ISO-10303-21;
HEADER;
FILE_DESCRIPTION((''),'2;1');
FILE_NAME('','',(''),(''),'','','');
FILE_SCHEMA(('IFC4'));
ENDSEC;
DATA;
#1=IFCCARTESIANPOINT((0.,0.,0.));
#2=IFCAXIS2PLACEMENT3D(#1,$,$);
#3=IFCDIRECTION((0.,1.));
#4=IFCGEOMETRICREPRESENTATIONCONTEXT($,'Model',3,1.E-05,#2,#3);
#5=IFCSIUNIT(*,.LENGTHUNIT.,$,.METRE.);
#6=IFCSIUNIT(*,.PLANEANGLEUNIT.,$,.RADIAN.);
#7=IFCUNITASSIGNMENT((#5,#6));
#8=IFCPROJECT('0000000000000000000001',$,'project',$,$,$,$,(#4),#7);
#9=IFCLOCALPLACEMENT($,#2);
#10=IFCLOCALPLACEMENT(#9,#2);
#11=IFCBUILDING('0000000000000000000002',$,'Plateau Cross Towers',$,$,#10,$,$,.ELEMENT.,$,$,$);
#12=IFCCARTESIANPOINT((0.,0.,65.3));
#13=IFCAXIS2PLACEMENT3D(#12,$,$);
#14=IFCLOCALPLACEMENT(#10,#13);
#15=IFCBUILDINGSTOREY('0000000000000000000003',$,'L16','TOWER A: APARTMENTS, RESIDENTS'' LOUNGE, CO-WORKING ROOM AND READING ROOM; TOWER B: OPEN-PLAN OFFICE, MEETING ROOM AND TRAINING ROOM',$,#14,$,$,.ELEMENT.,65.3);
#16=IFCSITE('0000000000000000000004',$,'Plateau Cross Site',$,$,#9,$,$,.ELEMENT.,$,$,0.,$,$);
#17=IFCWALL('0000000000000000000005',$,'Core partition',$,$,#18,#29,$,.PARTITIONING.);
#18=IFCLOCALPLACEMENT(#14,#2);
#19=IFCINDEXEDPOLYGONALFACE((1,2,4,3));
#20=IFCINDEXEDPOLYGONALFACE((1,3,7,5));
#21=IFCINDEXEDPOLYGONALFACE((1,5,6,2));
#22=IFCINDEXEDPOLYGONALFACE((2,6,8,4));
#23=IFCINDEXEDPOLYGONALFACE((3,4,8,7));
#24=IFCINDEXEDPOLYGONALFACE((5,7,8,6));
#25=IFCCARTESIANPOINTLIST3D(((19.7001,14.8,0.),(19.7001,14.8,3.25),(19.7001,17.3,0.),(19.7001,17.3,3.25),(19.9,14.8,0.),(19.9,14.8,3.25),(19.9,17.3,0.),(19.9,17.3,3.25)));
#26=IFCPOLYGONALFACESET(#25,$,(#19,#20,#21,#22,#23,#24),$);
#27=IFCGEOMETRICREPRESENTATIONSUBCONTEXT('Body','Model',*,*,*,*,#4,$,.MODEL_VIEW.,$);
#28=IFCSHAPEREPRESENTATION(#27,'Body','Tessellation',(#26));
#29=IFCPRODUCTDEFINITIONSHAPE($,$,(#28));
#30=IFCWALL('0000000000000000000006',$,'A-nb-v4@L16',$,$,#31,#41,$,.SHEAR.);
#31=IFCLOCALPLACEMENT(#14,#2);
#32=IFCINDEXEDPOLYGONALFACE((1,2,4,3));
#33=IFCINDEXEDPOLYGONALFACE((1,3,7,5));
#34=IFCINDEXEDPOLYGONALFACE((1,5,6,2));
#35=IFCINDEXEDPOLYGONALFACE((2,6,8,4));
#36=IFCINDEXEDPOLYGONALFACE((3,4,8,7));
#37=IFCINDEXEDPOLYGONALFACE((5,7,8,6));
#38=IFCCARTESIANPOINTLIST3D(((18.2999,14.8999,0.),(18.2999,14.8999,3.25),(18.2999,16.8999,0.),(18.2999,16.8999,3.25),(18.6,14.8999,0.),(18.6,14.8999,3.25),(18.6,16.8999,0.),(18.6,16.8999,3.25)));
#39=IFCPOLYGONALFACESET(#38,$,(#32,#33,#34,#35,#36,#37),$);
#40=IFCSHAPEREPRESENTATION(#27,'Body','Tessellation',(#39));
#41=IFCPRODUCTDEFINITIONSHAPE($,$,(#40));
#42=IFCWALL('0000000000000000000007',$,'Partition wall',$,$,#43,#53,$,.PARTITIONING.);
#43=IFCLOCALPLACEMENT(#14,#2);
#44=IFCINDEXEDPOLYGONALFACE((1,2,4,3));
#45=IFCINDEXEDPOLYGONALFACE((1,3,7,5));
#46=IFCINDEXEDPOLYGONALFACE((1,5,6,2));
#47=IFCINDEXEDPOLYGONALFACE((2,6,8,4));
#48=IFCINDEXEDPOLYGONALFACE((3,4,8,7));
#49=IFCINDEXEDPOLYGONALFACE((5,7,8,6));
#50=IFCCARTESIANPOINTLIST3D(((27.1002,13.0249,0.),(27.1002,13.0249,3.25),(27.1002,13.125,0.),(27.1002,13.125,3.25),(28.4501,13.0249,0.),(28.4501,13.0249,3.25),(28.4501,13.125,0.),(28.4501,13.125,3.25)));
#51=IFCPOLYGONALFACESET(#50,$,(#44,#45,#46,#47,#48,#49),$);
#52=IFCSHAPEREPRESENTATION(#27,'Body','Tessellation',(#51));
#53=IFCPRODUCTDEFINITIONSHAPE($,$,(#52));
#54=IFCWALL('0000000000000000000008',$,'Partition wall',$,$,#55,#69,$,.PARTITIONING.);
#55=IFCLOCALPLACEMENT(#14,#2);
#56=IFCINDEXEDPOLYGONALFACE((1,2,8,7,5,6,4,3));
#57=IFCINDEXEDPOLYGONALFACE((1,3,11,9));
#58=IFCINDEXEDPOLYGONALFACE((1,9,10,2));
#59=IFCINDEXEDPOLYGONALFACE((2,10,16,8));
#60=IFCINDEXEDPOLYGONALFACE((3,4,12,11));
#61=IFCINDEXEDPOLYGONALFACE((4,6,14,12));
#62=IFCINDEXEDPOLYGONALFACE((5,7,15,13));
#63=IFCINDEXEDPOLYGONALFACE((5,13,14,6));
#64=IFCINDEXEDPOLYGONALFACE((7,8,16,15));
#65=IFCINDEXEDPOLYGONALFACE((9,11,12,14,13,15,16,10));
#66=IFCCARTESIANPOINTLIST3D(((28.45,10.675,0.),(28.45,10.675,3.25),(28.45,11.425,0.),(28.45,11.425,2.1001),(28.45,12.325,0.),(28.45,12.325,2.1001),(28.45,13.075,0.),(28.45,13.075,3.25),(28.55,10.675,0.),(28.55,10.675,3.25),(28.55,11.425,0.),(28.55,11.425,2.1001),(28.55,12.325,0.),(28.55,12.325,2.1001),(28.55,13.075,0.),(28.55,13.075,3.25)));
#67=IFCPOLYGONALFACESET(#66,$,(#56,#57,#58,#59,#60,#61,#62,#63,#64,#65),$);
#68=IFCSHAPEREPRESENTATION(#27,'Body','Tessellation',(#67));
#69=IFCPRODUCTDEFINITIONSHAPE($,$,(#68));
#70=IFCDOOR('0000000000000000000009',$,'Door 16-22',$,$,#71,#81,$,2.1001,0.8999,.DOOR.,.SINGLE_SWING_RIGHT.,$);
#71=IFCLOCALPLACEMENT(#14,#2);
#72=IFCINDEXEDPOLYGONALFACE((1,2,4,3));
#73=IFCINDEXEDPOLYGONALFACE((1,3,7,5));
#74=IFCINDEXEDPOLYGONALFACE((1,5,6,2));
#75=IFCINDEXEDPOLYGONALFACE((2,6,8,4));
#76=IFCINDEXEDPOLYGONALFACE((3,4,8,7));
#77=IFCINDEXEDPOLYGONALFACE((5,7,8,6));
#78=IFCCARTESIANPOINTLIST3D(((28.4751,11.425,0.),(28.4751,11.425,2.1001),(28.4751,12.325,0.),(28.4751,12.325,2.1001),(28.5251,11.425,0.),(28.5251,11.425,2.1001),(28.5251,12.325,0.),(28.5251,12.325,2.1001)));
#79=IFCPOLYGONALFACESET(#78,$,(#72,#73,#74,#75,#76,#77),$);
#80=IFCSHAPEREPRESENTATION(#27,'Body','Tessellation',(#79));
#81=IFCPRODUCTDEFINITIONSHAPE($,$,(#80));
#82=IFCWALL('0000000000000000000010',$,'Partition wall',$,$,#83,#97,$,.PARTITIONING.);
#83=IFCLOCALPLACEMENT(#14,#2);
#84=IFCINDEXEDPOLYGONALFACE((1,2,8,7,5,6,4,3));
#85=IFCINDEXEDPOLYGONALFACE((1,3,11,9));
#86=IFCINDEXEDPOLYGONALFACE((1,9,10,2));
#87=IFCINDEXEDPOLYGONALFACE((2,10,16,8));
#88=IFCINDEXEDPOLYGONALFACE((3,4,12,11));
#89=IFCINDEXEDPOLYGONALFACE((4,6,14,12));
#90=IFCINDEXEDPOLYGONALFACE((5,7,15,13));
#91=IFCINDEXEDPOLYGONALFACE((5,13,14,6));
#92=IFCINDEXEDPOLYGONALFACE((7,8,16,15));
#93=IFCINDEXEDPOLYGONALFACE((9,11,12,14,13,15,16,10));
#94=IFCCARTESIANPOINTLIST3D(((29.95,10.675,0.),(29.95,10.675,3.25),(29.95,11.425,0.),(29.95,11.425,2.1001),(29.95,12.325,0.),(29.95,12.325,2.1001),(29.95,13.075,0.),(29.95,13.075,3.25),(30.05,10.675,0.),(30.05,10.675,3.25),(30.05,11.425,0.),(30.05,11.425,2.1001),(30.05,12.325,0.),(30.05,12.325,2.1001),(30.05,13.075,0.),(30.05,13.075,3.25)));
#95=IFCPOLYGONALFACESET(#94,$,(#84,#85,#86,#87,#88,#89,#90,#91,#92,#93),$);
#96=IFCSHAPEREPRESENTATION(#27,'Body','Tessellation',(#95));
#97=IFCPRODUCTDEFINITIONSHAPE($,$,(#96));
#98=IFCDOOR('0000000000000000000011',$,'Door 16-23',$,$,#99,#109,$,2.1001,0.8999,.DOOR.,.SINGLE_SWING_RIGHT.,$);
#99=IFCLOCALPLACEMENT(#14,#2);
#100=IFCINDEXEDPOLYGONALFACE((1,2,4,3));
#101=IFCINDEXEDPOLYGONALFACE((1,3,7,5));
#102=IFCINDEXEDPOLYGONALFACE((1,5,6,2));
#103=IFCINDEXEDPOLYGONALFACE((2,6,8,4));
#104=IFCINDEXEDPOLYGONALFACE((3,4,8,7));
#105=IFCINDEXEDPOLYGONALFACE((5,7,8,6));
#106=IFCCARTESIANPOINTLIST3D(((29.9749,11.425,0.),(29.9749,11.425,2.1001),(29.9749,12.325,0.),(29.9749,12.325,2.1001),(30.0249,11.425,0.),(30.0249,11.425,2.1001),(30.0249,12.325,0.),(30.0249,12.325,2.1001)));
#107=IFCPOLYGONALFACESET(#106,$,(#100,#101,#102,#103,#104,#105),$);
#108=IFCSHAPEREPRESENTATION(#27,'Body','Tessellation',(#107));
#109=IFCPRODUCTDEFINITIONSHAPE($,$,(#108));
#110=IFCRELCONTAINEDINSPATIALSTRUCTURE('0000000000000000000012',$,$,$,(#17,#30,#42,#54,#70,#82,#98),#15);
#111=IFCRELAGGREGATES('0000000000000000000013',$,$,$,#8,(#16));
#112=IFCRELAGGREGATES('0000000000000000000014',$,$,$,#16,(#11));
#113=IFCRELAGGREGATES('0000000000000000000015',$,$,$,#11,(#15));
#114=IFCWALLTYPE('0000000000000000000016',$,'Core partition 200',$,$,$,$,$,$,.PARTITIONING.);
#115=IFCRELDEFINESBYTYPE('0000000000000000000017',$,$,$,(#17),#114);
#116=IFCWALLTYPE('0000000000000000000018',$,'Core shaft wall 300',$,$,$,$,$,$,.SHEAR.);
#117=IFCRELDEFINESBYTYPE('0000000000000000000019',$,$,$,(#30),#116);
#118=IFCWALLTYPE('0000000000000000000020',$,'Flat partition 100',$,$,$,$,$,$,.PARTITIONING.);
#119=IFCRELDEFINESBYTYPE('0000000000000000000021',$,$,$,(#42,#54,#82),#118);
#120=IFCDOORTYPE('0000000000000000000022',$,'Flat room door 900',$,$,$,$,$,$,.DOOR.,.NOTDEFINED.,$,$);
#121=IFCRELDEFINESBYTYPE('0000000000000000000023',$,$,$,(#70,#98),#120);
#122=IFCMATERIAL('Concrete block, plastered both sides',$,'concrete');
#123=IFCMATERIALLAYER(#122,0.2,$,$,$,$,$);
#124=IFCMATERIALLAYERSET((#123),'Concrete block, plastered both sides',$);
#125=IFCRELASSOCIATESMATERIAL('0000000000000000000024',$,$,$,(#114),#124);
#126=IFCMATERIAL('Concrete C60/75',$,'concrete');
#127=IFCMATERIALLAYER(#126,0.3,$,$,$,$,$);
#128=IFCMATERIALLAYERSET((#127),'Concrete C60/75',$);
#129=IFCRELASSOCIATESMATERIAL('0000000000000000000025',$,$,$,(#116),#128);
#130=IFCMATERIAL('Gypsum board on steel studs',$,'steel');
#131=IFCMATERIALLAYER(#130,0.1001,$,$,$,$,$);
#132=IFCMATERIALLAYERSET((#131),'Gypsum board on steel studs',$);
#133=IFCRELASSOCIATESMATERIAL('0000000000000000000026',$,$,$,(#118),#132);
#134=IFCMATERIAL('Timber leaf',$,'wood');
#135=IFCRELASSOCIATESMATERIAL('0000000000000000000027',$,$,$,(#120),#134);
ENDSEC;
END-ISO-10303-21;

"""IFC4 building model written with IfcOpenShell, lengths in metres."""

from ifc_helpers import new_model, si_unit, direction, frame, frame_2d, origin, place, context, subcontext, project, spatial, rectangle, extrude, material, layer, layer_set, type_object, element, fill, save


model = new_model("IFC4")

# Units and contexts
model_context = context("Model", 3, precision=1e-05, world=origin(), true_north=direction((0.0, 1.0)))
body_context = subcontext(model_context, "Body", "Model", "MODEL_VIEW")
ifc_project = project(units=[si_unit("LENGTHUNIT", "METRE"), si_unit("PLANEANGLEUNIT", "RADIAN")], contexts=[model_context])

# Site, building, storey
site_placement = place(None, origin())
site = spatial("IfcSite", under=ifc_project, at=site_placement, Name="Plateau Cross Site", CompositionType="ELEMENT", RefElevation=0.0)
building_placement = place(site_placement, origin())
building = spatial("IfcBuilding", under=site, at=building_placement, Name="Plateau Cross Towers", CompositionType="ELEMENT")
storey_placement = place(building_placement, frame((0.0, 0.0, 65.3)))
storey = spatial("IfcBuildingStorey", under=building, at=storey_placement, Name="L16", Description="TOWER A: APARTMENTS, RESIDENTS' LOUNGE, CO-WORKING ROOM AND READING ROOM; TOWER B: OPEN-PLAN OFFICE, MEETING ROOM AND TRAINING ROOM", CompositionType="ELEMENT", Elevation=65.3)

# Shared definitions
ifc_material_1 = material(Name="Concrete block, plastered both sides", Category="concrete")
ifc_layer_1 = layer(ifc_material_1, 0.2)
ifc_layer_set_1 = layer_set([ifc_layer_1], Name="Concrete block, plastered both sides")
wall_type_1 = type_object("IfcWallType", Name="Core partition 200", PredefinedType="PARTITIONING", material=ifc_layer_set_1)

# Walls
wall_1_placement = place(storey_placement, frame((19.8, 14.8, 0.0), z_axis=(0.0, 0.0, 1.0), x_axis=(0.0, 1.0, 0.0)))
element("IfcWall", 1, at=wall_1_placement, inside=storey, type_object=wall_type_1, Name="Core partition", PredefinedType="PARTITIONING", context=body_context, shape_type="SweptSolid", body=[
    extrude(rectangle(XDim=2.5, YDim=0.2, at=frame_2d((1.25, 0.0))), origin(), (0.0, 0.0, 1.0), 3.25),
])
ifc_material_2 = material(Name="Concrete C60/75", Category="concrete")
ifc_layer_2 = layer(ifc_material_2, 0.3)
ifc_layer_set_2 = layer_set([ifc_layer_2], Name="Concrete C60/75")
wall_type_2 = type_object("IfcWallType", Name="Core shaft wall 300", PredefinedType="SHEAR", material=ifc_layer_set_2)
wall_2_placement = place(storey_placement, frame((18.45, 14.8999, 0.0), z_axis=(0.0, 0.0, 1.0), x_axis=(0.0, 1.0, 0.0)))
element("IfcWall", 2, at=wall_2_placement, inside=storey, type_object=wall_type_2, Name="A-nb-v4@L16", PredefinedType="SHEAR", context=body_context, shape_type="SweptSolid", body=[
    extrude(rectangle(XDim=2.0, YDim=0.3, at=frame_2d((1.0, 0.0))), origin(), (0.0, 0.0, 1.0), 3.25),
])
ifc_material_3 = material(Name="Gypsum board on steel studs", Category="steel")
ifc_layer_3 = layer(ifc_material_3, 0.1001)
ifc_layer_set_3 = layer_set([ifc_layer_3], Name="Gypsum board on steel studs")
wall_type_3 = type_object("IfcWallType", Name="Flat partition 100", PredefinedType="PARTITIONING", material=ifc_layer_set_3)
wall_3_placement = place(storey_placement, frame((28.45, 13.075, 0.0), z_axis=(0.0, 0.0, 1.0), x_axis=(-1.0, 0.0, 0.0)))
element("IfcWall", 3, at=wall_3_placement, inside=storey, type_object=wall_type_3, Name="Partition wall", PredefinedType="PARTITIONING", context=body_context, shape_type="SweptSolid", body=[
    extrude(rectangle(XDim=1.3499, YDim=0.1001, at=frame_2d((0.6748, 0.0))), origin(), (0.0, 0.0, 1.0), 3.25),
])

# Walls, openings, doors
wall_4_placement = place(storey_placement, frame((28.5, 10.675, 0.0), z_axis=(0.0, 0.0, 1.0), x_axis=(0.0, 1.0, 0.0)))
wall_4 = element("IfcWall", 4, at=wall_4_placement, inside=storey, type_object=wall_type_3, Name="Partition wall", PredefinedType="PARTITIONING", context=body_context, shape_type="SweptSolid", body=[
    extrude(rectangle(XDim=2.3999, YDim=0.1001, at=frame_2d((1.2, 0.0))), origin(), (0.0, 0.0, 1.0), 3.25),
])
opening_1_placement = place(wall_4_placement, frame((0.75, 0.0, 0.0)))
opening_1 = element("IfcOpeningElement", 5, at=opening_1_placement, cuts=wall_4, PredefinedType="OPENING", context=body_context, shape_type="SweptSolid", body=[
    extrude(rectangle(XDim=0.8999, YDim=2.1001, at=frame_2d((0.45, 1.05))), frame((0.0, 0.0601, 0.0), z_axis=(0.0, -1.0, 0.0), x_axis=(1.0, 0.0, 0.0)), (0.0, 0.0, 1.0), 0.1201),
])
ifc_material_4 = material(Name="Timber leaf", Category="wood")
door_type_1 = type_object("IfcDoorType", Name="Flat room door 900", OperationType="NOTDEFINED", PredefinedType="DOOR", material=ifc_material_4)
door_1_placement = place(opening_1_placement, origin())
door_1 = element("IfcDoor", 6, at=door_1_placement, inside=storey, type_object=door_type_1, Name="Door 16-22", OperationType="SINGLE_SWING_RIGHT", OverallHeight=2.1001, OverallWidth=0.8999, PredefinedType="DOOR", context=body_context, shape_type="SweptSolid", body=[
    extrude(rectangle(XDim=0.8999, YDim=2.1001, at=frame_2d((0.45, 1.05))), frame((0.0, 0.0249, 0.0), z_axis=(0.0, -1.0, 0.0), x_axis=(1.0, 0.0, 0.0)), (0.0, 0.0, 1.0), 0.05),
])
fill(opening_1, door_1)
wall_5_placement = place(storey_placement, frame((30.0, 13.075, 0.0), z_axis=(0.0, 0.0, 1.0), x_axis=(0.0, -1.0, 0.0)))
wall_5 = element("IfcWall", 7, at=wall_5_placement, inside=storey, type_object=wall_type_3, Name="Partition wall", PredefinedType="PARTITIONING", context=body_context, shape_type="SweptSolid", body=[
    extrude(rectangle(XDim=2.3999, YDim=0.1001, at=frame_2d((1.2, 0.0))), origin(), (0.0, 0.0, 1.0), 3.25),
])
opening_2_placement = place(wall_5_placement, frame((0.75, 0.0, 0.0)))
opening_2 = element("IfcOpeningElement", 8, at=opening_2_placement, cuts=wall_5, PredefinedType="OPENING", context=body_context, shape_type="SweptSolid", body=[
    extrude(rectangle(XDim=0.8999, YDim=2.1001, at=frame_2d((0.45, 1.05))), frame((0.0, 0.0601, 0.0), z_axis=(0.0, -1.0, 0.0), x_axis=(1.0, 0.0, 0.0)), (0.0, 0.0, 1.0), 0.1201),
])
door_2_placement = place(opening_2_placement, origin())
door_2 = element("IfcDoor", 9, at=door_2_placement, inside=storey, type_object=door_type_1, Name="Door 16-23", OperationType="SINGLE_SWING_RIGHT", OverallHeight=2.1001, OverallWidth=0.8999, PredefinedType="DOOR", context=body_context, shape_type="SweptSolid", body=[
    extrude(rectangle(XDim=0.8999, YDim=2.1001, at=frame_2d((0.45, 1.05))), frame((0.0, 0.0249, 0.0), z_axis=(0.0, -1.0, 0.0), x_axis=(1.0, 0.0, 0.0)), (0.0, 0.0, 1.0), 0.05),
])
fill(opening_2, door_2)

save(model, "model.ifc")
